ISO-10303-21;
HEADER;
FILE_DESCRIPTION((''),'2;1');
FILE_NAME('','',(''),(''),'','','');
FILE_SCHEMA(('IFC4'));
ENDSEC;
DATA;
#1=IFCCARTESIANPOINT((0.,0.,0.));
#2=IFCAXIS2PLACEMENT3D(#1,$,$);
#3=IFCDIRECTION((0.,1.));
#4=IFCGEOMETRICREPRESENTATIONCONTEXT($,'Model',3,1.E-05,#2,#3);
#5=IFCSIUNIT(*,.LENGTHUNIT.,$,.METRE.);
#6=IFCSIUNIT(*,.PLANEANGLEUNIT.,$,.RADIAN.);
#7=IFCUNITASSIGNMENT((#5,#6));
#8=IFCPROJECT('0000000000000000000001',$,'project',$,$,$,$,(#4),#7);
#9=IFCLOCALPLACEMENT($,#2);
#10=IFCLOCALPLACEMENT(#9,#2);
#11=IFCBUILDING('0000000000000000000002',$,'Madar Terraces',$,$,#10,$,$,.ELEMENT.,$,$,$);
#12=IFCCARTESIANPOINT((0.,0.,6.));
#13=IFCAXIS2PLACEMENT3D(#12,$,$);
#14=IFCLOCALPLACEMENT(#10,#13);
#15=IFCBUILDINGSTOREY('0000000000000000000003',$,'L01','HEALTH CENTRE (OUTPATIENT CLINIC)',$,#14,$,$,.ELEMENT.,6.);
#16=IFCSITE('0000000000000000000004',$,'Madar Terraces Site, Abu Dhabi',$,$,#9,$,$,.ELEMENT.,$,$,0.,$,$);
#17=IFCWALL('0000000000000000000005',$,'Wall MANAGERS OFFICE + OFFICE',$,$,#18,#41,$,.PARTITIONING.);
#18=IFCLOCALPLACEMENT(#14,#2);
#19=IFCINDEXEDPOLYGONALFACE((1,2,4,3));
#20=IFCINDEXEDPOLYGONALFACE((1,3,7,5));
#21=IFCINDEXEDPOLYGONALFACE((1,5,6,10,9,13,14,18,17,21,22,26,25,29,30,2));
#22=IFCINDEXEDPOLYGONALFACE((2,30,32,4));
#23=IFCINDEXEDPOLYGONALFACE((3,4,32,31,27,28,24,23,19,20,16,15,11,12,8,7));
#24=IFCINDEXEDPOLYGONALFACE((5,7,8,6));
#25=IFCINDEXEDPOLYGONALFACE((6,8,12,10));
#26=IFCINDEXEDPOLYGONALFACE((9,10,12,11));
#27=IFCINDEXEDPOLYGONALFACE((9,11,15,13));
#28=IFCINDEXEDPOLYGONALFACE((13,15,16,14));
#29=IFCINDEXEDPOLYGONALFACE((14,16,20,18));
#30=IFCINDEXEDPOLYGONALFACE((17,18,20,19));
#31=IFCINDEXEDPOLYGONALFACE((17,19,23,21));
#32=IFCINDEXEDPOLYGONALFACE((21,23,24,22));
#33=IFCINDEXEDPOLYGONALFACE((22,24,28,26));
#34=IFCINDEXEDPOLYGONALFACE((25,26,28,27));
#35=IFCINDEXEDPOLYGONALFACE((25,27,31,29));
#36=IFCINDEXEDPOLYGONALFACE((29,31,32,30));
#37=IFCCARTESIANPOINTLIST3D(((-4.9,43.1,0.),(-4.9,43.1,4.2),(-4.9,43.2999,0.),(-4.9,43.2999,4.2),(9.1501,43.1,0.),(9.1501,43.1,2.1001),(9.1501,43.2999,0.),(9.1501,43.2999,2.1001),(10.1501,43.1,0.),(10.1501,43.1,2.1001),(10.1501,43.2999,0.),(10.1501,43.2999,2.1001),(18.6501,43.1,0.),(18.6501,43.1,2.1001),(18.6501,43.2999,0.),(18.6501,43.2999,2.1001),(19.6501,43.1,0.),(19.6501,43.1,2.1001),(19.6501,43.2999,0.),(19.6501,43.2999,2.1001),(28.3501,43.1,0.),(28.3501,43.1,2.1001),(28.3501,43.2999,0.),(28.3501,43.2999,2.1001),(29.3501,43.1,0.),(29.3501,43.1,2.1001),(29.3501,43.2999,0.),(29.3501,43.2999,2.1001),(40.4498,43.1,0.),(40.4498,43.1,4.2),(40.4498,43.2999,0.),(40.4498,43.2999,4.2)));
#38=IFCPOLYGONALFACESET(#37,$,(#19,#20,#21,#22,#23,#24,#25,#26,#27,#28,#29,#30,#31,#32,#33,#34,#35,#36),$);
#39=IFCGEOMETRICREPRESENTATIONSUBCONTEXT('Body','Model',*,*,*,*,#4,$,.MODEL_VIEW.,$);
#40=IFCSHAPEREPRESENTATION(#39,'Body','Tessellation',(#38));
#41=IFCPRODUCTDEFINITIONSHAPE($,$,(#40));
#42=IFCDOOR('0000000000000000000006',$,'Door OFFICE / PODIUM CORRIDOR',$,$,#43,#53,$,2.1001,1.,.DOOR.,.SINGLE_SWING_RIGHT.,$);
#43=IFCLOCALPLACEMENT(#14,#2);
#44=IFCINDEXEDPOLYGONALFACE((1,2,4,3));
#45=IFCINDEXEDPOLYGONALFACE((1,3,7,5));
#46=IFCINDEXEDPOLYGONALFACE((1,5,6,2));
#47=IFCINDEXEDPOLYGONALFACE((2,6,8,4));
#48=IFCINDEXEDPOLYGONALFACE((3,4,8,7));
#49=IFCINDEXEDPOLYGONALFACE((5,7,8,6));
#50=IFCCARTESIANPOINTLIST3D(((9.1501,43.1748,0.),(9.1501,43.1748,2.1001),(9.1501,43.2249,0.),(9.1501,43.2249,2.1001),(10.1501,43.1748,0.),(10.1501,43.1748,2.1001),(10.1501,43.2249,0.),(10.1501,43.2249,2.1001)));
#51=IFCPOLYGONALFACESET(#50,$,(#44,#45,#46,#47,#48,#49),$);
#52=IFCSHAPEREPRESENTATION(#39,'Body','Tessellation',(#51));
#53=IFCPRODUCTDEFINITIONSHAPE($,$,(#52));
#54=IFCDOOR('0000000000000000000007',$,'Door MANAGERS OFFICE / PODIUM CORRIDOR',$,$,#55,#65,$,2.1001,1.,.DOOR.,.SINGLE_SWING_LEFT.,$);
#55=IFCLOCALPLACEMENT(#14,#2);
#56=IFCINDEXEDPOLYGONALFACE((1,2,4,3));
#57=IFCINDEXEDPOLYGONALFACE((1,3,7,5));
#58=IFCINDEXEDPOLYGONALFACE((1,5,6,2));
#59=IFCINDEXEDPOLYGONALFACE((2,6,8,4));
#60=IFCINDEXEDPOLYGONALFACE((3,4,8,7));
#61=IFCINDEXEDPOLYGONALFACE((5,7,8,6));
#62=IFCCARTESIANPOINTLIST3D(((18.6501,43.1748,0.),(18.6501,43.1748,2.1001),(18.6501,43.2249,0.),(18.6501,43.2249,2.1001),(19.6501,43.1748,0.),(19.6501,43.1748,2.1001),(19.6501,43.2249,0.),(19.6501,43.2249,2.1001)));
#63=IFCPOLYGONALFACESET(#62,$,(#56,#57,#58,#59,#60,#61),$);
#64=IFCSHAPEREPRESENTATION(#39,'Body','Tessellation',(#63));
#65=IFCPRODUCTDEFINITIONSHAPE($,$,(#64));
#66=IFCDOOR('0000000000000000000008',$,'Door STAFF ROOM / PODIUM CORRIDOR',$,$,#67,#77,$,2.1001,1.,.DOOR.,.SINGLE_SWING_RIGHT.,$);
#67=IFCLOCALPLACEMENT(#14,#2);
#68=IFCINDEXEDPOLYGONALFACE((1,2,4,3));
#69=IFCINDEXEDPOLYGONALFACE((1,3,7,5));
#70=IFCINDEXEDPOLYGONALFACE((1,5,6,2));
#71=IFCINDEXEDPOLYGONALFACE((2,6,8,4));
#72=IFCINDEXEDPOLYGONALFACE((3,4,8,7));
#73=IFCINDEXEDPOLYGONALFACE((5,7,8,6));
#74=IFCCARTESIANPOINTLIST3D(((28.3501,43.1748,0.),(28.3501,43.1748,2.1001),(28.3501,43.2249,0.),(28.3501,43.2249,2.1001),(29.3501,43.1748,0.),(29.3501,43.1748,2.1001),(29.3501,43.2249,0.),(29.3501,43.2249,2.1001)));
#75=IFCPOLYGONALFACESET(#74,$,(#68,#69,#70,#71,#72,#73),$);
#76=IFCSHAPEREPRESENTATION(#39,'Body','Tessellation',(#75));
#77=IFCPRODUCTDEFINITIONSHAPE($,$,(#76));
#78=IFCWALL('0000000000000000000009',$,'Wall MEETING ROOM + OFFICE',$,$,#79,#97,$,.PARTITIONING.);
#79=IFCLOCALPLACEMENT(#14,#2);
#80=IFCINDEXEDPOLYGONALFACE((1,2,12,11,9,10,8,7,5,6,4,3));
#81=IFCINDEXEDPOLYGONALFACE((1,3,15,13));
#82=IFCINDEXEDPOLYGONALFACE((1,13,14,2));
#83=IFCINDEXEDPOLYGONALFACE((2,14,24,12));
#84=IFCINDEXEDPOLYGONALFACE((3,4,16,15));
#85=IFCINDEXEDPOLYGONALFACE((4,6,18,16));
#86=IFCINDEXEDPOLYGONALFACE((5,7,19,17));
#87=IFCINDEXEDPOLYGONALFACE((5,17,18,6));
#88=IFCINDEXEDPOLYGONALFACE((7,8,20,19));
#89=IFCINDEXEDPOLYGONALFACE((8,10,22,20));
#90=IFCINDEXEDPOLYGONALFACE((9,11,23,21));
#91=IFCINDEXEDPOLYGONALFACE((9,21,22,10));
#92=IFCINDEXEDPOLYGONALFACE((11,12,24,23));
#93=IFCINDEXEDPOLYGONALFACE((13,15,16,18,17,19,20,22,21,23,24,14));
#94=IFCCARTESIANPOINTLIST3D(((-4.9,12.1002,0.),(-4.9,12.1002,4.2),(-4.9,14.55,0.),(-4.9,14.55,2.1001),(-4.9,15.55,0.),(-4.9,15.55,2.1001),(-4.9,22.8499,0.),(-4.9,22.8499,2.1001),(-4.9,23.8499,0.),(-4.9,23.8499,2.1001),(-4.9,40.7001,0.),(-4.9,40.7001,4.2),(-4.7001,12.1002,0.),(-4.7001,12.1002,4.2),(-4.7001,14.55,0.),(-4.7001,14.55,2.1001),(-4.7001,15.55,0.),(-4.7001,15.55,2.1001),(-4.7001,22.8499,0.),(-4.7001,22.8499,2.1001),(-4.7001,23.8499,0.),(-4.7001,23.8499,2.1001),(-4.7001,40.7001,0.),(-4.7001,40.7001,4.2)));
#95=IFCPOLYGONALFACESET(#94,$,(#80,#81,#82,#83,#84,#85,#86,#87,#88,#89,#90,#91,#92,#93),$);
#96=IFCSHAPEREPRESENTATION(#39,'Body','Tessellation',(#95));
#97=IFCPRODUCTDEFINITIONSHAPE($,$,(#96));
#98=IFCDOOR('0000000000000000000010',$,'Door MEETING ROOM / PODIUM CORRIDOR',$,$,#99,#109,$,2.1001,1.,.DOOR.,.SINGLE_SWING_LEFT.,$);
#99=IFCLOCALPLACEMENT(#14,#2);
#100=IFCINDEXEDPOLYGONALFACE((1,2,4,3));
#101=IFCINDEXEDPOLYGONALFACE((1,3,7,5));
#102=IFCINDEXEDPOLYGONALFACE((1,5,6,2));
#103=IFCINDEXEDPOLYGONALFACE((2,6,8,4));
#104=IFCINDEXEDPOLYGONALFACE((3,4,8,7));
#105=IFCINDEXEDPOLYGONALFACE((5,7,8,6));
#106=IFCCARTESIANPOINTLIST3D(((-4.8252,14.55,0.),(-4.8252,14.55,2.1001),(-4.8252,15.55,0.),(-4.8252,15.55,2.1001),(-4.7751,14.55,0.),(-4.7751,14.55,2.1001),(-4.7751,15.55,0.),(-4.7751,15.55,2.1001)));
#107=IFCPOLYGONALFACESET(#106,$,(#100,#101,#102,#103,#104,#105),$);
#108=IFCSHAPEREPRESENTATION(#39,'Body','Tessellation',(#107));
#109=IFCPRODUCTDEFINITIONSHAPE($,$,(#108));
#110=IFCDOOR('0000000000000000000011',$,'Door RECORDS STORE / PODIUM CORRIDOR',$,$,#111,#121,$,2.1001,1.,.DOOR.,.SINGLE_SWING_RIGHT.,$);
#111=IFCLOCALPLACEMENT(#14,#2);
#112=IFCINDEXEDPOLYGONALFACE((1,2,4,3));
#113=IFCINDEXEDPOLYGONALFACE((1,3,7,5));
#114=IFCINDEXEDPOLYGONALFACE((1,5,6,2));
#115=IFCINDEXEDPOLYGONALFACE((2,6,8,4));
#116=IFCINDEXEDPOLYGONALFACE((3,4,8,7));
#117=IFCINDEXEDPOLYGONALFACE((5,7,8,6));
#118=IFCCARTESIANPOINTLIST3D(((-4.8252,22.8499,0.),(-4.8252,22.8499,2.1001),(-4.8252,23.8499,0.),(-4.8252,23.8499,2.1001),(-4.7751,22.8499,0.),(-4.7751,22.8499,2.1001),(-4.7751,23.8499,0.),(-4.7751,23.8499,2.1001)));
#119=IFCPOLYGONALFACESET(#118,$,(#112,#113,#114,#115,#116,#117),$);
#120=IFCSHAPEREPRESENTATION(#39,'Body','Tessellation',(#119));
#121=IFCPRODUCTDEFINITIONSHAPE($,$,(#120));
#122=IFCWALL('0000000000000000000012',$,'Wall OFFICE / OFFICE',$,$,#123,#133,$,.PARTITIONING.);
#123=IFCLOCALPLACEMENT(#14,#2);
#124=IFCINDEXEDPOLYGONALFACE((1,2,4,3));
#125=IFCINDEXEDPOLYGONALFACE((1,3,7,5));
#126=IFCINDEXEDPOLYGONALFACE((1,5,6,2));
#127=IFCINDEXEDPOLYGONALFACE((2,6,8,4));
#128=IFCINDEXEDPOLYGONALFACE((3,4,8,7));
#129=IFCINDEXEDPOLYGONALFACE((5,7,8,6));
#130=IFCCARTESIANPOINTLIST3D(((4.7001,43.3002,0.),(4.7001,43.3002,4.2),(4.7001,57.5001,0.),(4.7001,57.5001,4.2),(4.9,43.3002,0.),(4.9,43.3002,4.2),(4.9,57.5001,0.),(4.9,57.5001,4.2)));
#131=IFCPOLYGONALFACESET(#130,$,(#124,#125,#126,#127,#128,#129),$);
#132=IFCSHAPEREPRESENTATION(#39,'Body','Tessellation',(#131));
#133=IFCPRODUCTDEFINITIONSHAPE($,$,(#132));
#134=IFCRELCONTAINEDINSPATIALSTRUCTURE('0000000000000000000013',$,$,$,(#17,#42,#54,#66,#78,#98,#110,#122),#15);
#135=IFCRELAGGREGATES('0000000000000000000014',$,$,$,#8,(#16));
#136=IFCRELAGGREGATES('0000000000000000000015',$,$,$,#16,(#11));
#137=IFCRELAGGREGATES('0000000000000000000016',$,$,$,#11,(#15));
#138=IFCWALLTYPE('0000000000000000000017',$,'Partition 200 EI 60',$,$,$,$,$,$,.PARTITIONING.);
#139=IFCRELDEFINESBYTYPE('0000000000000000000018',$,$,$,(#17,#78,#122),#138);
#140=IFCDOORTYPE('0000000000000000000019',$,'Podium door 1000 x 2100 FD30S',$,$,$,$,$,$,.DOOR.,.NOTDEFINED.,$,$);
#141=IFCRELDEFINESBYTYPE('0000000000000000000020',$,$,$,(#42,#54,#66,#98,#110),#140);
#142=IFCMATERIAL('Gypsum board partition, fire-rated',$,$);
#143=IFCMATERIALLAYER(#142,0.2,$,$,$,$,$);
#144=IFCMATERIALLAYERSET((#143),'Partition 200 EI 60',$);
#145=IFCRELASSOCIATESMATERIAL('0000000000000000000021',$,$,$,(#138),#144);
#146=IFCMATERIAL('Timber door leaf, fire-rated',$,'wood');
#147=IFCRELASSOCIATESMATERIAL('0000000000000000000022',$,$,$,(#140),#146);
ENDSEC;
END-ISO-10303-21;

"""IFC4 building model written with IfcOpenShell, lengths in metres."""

from ifc_helpers import new_model, si_unit, direction, frame, frame_2d, origin, place, context, subcontext, project, spatial, rectangle, extrude, material, layer, layer_set, type_object, element, fill, save


model = new_model("IFC4")

# Units and contexts
model_context = context("Model", 3, precision=1e-05, world=origin(), true_north=direction((0.0, 1.0)))
body_context = subcontext(model_context, "Body", "Model", "MODEL_VIEW")
ifc_project = project(units=[si_unit("LENGTHUNIT", "METRE"), si_unit("PLANEANGLEUNIT", "RADIAN")], contexts=[model_context])

# Site, building, storey
site_placement = place(None, origin())
site = spatial("IfcSite", under=ifc_project, at=site_placement, Name="Madar Terraces Site, Abu Dhabi", CompositionType="ELEMENT", RefElevation=0.0)
building_placement = place(site_placement, origin())
building = spatial("IfcBuilding", under=site, at=building_placement, Name="Madar Terraces", CompositionType="ELEMENT")
storey_placement = place(building_placement, frame((0.0, 0.0, 6.0)))
storey = spatial("IfcBuildingStorey", under=building, at=storey_placement, Name="L01", Description="HEALTH CENTRE (OUTPATIENT CLINIC)", CompositionType="ELEMENT", Elevation=6.0)

# Shared definitions
ifc_material_1 = material(Name="Gypsum board partition, fire-rated")
ifc_layer_1 = layer(ifc_material_1, 0.2)
ifc_layer_set_1 = layer_set([ifc_layer_1], Name="Partition 200 EI 60")
wall_type = type_object("IfcWallType", Name="Partition 200 EI 60", PredefinedType="PARTITIONING", material=ifc_layer_set_1)

# Walls, openings, doors
wall_1_placement = place(storey_placement, frame((-4.8999, 43.2, 0.0), z_axis=(0.0, 0.0, 1.0), x_axis=(1.0, 0.0, 0.0)))
wall_1 = element("IfcWall", 1, at=wall_1_placement, inside=storey, type_object=wall_type, Name="Wall MANAGERS OFFICE + OFFICE", PredefinedType="PARTITIONING", context=body_context, shape_type="SweptSolid", body=[
    extrude(rectangle(XDim=45.3499, YDim=0.2, at=frame_2d((22.6748, 0.0))), origin(), (0.0, 0.0, 1.0), 4.2),
])
opening_1_placement = place(wall_1_placement, frame((14.05, 0.0, 0.0)))
opening_1 = element("IfcOpeningElement", 2, at=opening_1_placement, cuts=wall_1, PredefinedType="OPENING", context=body_context, shape_type="SweptSolid", body=[
    extrude(rectangle(XDim=1.0, YDim=2.1001, at=frame_2d((0.5, 1.05))), frame((0.0, 0.1099, 0.0), z_axis=(0.0, -1.0, 0.0), x_axis=(1.0, 0.0, 0.0)), (0.0, 0.0, 1.0), 0.22),
])
opening_2_placement = place(wall_1_placement, frame((23.55, 0.0, 0.0)))
opening_2 = element("IfcOpeningElement", 3, at=opening_2_placement, cuts=wall_1, PredefinedType="OPENING", context=body_context, shape_type="SweptSolid", body=[
    extrude(rectangle(XDim=1.0, YDim=2.1001, at=frame_2d((0.5, 1.05))), frame((0.0, 0.1099, 0.0), z_axis=(0.0, -1.0, 0.0), x_axis=(1.0, 0.0, 0.0)), (0.0, 0.0, 1.0), 0.22),
])
opening_3_placement = place(wall_1_placement, frame((33.25, 0.0, 0.0)))
opening_3 = element("IfcOpeningElement", 4, at=opening_3_placement, cuts=wall_1, PredefinedType="OPENING", context=body_context, shape_type="SweptSolid", body=[
    extrude(rectangle(XDim=1.0, YDim=2.1001, at=frame_2d((0.5, 1.05))), frame((0.0, 0.1099, 0.0), z_axis=(0.0, -1.0, 0.0), x_axis=(1.0, 0.0, 0.0)), (0.0, 0.0, 1.0), 0.22),
])
ifc_material_2 = material(Name="Timber door leaf, fire-rated", Category="wood")
door_type = type_object("IfcDoorType", Name="Podium door 1000 x 2100 FD30S", OperationType="NOTDEFINED", PredefinedType="DOOR", material=ifc_material_2)
door_1_placement = place(opening_1_placement, origin())
door_1 = element("IfcDoor", 5, at=door_1_placement, inside=storey, type_object=door_type, Name="Door OFFICE / PODIUM CORRIDOR", OperationType="SINGLE_SWING_RIGHT", OverallHeight=2.1001, OverallWidth=1.0, PredefinedType="DOOR", context=body_context, shape_type="SweptSolid", body=[
    extrude(rectangle(XDim=1.0, YDim=2.1001, at=frame_2d((0.5, 1.05))), frame((0.0, 0.0249, 0.0), z_axis=(0.0, -1.0, 0.0), x_axis=(1.0, 0.0, 0.0)), (0.0, 0.0, 1.0), 0.05),
])
fill(opening_1, door_1)
door_2_placement = place(opening_2_placement, origin())
door_2 = element("IfcDoor", 6, at=door_2_placement, inside=storey, type_object=door_type, Name="Door MANAGERS OFFICE / PODIUM CORRIDOR", OperationType="SINGLE_SWING_LEFT", OverallHeight=2.1001, OverallWidth=1.0, PredefinedType="DOOR", context=body_context, shape_type="SweptSolid", body=[
    extrude(rectangle(XDim=1.0, YDim=2.1001, at=frame_2d((0.5, 1.05))), frame((0.0, 0.0249, 0.0), z_axis=(0.0, -1.0, 0.0), x_axis=(1.0, 0.0, 0.0)), (0.0, 0.0, 1.0), 0.05),
])
fill(opening_2, door_2)
door_3_placement = place(opening_3_placement, origin())
door_3 = element("IfcDoor", 7, at=door_3_placement, inside=storey, type_object=door_type, Name="Door STAFF ROOM / PODIUM CORRIDOR", OperationType="SINGLE_SWING_RIGHT", OverallHeight=2.1001, OverallWidth=1.0, PredefinedType="DOOR", context=body_context, shape_type="SweptSolid", body=[
    extrude(rectangle(XDim=1.0, YDim=2.1001, at=frame_2d((0.5, 1.05))), frame((0.0, 0.0249, 0.0), z_axis=(0.0, -1.0, 0.0), x_axis=(1.0, 0.0, 0.0)), (0.0, 0.0, 1.0), 0.05),
])
fill(opening_3, door_3)
wall_2_placement = place(storey_placement, frame((-4.8, 40.7, 0.0), z_axis=(0.0, 0.0, 1.0), x_axis=(0.0, -1.0, 0.0)))
wall_2 = element("IfcWall", 8, at=wall_2_placement, inside=storey, type_object=wall_type, Name="Wall MEETING ROOM + OFFICE", PredefinedType="PARTITIONING", context=body_context, shape_type="SweptSolid", body=[
    extrude(rectangle(XDim=28.5999, YDim=0.2, at=frame_2d((14.2998, 0.0))), origin(), (0.0, 0.0, 1.0), 4.2),
])
opening_4_placement = place(wall_2_placement, frame((25.1499, 0.0, 0.0)))
opening_4 = element("IfcOpeningElement", 9, at=opening_4_placement, cuts=wall_2, PredefinedType="OPENING", context=body_context, shape_type="SweptSolid", body=[
    extrude(rectangle(XDim=1.0, YDim=2.1001, at=frame_2d((0.5, 1.05))), frame((0.0, 0.1099, 0.0), z_axis=(0.0, -1.0, 0.0), x_axis=(1.0, 0.0, 0.0)), (0.0, 0.0, 1.0), 0.22),
])
opening_5_placement = place(wall_2_placement, frame((16.8501, 0.0, 0.0)))
opening_5 = element("IfcOpeningElement", 10, at=opening_5_placement, cuts=wall_2, PredefinedType="OPENING", context=body_context, shape_type="SweptSolid", body=[
    extrude(rectangle(XDim=1.0, YDim=2.1001, at=frame_2d((0.5, 1.05))), frame((0.0, 0.1099, 0.0), z_axis=(0.0, -1.0, 0.0), x_axis=(1.0, 0.0, 0.0)), (0.0, 0.0, 1.0), 0.22),
])
door_4_placement = place(opening_4_placement, origin())
door_4 = element("IfcDoor", 11, at=door_4_placement, inside=storey, type_object=door_type, Name="Door MEETING ROOM / PODIUM CORRIDOR", OperationType="SINGLE_SWING_LEFT", OverallHeight=2.1001, OverallWidth=1.0, PredefinedType="DOOR", context=body_context, shape_type="SweptSolid", body=[
    extrude(rectangle(XDim=1.0, YDim=2.1001, at=frame_2d((0.5, 1.05))), frame((0.0, 0.0249, 0.0), z_axis=(0.0, -1.0, 0.0), x_axis=(1.0, 0.0, 0.0)), (0.0, 0.0, 1.0), 0.05),
])
fill(opening_4, door_4)
door_5_placement = place(opening_5_placement, origin())
door_5 = element("IfcDoor", 12, at=door_5_placement, inside=storey, type_object=door_type, Name="Door RECORDS STORE / PODIUM CORRIDOR", OperationType="SINGLE_SWING_RIGHT", OverallHeight=2.1001, OverallWidth=1.0, PredefinedType="DOOR", context=body_context, shape_type="SweptSolid", body=[
    extrude(rectangle(XDim=1.0, YDim=2.1001, at=frame_2d((0.5, 1.05))), frame((0.0, 0.0249, 0.0), z_axis=(0.0, -1.0, 0.0), x_axis=(1.0, 0.0, 0.0)), (0.0, 0.0, 1.0), 0.05),
])
fill(opening_5, door_5)

# Wall
wall_3_placement = place(storey_placement, frame((4.8, 43.3, 0.0), z_axis=(0.0, 0.0, 1.0), x_axis=(0.0, 1.0, 0.0)))
element("IfcWall", 13, at=wall_3_placement, inside=storey, type_object=wall_type, Name="Wall OFFICE / OFFICE", PredefinedType="PARTITIONING", context=body_context, shape_type="SweptSolid", body=[
    extrude(rectangle(XDim=14.2, YDim=0.2, at=frame_2d((7.1001, 0.0))), origin(), (0.0, 0.0, 1.0), 4.2),
])

save(model, "model.ifc")
